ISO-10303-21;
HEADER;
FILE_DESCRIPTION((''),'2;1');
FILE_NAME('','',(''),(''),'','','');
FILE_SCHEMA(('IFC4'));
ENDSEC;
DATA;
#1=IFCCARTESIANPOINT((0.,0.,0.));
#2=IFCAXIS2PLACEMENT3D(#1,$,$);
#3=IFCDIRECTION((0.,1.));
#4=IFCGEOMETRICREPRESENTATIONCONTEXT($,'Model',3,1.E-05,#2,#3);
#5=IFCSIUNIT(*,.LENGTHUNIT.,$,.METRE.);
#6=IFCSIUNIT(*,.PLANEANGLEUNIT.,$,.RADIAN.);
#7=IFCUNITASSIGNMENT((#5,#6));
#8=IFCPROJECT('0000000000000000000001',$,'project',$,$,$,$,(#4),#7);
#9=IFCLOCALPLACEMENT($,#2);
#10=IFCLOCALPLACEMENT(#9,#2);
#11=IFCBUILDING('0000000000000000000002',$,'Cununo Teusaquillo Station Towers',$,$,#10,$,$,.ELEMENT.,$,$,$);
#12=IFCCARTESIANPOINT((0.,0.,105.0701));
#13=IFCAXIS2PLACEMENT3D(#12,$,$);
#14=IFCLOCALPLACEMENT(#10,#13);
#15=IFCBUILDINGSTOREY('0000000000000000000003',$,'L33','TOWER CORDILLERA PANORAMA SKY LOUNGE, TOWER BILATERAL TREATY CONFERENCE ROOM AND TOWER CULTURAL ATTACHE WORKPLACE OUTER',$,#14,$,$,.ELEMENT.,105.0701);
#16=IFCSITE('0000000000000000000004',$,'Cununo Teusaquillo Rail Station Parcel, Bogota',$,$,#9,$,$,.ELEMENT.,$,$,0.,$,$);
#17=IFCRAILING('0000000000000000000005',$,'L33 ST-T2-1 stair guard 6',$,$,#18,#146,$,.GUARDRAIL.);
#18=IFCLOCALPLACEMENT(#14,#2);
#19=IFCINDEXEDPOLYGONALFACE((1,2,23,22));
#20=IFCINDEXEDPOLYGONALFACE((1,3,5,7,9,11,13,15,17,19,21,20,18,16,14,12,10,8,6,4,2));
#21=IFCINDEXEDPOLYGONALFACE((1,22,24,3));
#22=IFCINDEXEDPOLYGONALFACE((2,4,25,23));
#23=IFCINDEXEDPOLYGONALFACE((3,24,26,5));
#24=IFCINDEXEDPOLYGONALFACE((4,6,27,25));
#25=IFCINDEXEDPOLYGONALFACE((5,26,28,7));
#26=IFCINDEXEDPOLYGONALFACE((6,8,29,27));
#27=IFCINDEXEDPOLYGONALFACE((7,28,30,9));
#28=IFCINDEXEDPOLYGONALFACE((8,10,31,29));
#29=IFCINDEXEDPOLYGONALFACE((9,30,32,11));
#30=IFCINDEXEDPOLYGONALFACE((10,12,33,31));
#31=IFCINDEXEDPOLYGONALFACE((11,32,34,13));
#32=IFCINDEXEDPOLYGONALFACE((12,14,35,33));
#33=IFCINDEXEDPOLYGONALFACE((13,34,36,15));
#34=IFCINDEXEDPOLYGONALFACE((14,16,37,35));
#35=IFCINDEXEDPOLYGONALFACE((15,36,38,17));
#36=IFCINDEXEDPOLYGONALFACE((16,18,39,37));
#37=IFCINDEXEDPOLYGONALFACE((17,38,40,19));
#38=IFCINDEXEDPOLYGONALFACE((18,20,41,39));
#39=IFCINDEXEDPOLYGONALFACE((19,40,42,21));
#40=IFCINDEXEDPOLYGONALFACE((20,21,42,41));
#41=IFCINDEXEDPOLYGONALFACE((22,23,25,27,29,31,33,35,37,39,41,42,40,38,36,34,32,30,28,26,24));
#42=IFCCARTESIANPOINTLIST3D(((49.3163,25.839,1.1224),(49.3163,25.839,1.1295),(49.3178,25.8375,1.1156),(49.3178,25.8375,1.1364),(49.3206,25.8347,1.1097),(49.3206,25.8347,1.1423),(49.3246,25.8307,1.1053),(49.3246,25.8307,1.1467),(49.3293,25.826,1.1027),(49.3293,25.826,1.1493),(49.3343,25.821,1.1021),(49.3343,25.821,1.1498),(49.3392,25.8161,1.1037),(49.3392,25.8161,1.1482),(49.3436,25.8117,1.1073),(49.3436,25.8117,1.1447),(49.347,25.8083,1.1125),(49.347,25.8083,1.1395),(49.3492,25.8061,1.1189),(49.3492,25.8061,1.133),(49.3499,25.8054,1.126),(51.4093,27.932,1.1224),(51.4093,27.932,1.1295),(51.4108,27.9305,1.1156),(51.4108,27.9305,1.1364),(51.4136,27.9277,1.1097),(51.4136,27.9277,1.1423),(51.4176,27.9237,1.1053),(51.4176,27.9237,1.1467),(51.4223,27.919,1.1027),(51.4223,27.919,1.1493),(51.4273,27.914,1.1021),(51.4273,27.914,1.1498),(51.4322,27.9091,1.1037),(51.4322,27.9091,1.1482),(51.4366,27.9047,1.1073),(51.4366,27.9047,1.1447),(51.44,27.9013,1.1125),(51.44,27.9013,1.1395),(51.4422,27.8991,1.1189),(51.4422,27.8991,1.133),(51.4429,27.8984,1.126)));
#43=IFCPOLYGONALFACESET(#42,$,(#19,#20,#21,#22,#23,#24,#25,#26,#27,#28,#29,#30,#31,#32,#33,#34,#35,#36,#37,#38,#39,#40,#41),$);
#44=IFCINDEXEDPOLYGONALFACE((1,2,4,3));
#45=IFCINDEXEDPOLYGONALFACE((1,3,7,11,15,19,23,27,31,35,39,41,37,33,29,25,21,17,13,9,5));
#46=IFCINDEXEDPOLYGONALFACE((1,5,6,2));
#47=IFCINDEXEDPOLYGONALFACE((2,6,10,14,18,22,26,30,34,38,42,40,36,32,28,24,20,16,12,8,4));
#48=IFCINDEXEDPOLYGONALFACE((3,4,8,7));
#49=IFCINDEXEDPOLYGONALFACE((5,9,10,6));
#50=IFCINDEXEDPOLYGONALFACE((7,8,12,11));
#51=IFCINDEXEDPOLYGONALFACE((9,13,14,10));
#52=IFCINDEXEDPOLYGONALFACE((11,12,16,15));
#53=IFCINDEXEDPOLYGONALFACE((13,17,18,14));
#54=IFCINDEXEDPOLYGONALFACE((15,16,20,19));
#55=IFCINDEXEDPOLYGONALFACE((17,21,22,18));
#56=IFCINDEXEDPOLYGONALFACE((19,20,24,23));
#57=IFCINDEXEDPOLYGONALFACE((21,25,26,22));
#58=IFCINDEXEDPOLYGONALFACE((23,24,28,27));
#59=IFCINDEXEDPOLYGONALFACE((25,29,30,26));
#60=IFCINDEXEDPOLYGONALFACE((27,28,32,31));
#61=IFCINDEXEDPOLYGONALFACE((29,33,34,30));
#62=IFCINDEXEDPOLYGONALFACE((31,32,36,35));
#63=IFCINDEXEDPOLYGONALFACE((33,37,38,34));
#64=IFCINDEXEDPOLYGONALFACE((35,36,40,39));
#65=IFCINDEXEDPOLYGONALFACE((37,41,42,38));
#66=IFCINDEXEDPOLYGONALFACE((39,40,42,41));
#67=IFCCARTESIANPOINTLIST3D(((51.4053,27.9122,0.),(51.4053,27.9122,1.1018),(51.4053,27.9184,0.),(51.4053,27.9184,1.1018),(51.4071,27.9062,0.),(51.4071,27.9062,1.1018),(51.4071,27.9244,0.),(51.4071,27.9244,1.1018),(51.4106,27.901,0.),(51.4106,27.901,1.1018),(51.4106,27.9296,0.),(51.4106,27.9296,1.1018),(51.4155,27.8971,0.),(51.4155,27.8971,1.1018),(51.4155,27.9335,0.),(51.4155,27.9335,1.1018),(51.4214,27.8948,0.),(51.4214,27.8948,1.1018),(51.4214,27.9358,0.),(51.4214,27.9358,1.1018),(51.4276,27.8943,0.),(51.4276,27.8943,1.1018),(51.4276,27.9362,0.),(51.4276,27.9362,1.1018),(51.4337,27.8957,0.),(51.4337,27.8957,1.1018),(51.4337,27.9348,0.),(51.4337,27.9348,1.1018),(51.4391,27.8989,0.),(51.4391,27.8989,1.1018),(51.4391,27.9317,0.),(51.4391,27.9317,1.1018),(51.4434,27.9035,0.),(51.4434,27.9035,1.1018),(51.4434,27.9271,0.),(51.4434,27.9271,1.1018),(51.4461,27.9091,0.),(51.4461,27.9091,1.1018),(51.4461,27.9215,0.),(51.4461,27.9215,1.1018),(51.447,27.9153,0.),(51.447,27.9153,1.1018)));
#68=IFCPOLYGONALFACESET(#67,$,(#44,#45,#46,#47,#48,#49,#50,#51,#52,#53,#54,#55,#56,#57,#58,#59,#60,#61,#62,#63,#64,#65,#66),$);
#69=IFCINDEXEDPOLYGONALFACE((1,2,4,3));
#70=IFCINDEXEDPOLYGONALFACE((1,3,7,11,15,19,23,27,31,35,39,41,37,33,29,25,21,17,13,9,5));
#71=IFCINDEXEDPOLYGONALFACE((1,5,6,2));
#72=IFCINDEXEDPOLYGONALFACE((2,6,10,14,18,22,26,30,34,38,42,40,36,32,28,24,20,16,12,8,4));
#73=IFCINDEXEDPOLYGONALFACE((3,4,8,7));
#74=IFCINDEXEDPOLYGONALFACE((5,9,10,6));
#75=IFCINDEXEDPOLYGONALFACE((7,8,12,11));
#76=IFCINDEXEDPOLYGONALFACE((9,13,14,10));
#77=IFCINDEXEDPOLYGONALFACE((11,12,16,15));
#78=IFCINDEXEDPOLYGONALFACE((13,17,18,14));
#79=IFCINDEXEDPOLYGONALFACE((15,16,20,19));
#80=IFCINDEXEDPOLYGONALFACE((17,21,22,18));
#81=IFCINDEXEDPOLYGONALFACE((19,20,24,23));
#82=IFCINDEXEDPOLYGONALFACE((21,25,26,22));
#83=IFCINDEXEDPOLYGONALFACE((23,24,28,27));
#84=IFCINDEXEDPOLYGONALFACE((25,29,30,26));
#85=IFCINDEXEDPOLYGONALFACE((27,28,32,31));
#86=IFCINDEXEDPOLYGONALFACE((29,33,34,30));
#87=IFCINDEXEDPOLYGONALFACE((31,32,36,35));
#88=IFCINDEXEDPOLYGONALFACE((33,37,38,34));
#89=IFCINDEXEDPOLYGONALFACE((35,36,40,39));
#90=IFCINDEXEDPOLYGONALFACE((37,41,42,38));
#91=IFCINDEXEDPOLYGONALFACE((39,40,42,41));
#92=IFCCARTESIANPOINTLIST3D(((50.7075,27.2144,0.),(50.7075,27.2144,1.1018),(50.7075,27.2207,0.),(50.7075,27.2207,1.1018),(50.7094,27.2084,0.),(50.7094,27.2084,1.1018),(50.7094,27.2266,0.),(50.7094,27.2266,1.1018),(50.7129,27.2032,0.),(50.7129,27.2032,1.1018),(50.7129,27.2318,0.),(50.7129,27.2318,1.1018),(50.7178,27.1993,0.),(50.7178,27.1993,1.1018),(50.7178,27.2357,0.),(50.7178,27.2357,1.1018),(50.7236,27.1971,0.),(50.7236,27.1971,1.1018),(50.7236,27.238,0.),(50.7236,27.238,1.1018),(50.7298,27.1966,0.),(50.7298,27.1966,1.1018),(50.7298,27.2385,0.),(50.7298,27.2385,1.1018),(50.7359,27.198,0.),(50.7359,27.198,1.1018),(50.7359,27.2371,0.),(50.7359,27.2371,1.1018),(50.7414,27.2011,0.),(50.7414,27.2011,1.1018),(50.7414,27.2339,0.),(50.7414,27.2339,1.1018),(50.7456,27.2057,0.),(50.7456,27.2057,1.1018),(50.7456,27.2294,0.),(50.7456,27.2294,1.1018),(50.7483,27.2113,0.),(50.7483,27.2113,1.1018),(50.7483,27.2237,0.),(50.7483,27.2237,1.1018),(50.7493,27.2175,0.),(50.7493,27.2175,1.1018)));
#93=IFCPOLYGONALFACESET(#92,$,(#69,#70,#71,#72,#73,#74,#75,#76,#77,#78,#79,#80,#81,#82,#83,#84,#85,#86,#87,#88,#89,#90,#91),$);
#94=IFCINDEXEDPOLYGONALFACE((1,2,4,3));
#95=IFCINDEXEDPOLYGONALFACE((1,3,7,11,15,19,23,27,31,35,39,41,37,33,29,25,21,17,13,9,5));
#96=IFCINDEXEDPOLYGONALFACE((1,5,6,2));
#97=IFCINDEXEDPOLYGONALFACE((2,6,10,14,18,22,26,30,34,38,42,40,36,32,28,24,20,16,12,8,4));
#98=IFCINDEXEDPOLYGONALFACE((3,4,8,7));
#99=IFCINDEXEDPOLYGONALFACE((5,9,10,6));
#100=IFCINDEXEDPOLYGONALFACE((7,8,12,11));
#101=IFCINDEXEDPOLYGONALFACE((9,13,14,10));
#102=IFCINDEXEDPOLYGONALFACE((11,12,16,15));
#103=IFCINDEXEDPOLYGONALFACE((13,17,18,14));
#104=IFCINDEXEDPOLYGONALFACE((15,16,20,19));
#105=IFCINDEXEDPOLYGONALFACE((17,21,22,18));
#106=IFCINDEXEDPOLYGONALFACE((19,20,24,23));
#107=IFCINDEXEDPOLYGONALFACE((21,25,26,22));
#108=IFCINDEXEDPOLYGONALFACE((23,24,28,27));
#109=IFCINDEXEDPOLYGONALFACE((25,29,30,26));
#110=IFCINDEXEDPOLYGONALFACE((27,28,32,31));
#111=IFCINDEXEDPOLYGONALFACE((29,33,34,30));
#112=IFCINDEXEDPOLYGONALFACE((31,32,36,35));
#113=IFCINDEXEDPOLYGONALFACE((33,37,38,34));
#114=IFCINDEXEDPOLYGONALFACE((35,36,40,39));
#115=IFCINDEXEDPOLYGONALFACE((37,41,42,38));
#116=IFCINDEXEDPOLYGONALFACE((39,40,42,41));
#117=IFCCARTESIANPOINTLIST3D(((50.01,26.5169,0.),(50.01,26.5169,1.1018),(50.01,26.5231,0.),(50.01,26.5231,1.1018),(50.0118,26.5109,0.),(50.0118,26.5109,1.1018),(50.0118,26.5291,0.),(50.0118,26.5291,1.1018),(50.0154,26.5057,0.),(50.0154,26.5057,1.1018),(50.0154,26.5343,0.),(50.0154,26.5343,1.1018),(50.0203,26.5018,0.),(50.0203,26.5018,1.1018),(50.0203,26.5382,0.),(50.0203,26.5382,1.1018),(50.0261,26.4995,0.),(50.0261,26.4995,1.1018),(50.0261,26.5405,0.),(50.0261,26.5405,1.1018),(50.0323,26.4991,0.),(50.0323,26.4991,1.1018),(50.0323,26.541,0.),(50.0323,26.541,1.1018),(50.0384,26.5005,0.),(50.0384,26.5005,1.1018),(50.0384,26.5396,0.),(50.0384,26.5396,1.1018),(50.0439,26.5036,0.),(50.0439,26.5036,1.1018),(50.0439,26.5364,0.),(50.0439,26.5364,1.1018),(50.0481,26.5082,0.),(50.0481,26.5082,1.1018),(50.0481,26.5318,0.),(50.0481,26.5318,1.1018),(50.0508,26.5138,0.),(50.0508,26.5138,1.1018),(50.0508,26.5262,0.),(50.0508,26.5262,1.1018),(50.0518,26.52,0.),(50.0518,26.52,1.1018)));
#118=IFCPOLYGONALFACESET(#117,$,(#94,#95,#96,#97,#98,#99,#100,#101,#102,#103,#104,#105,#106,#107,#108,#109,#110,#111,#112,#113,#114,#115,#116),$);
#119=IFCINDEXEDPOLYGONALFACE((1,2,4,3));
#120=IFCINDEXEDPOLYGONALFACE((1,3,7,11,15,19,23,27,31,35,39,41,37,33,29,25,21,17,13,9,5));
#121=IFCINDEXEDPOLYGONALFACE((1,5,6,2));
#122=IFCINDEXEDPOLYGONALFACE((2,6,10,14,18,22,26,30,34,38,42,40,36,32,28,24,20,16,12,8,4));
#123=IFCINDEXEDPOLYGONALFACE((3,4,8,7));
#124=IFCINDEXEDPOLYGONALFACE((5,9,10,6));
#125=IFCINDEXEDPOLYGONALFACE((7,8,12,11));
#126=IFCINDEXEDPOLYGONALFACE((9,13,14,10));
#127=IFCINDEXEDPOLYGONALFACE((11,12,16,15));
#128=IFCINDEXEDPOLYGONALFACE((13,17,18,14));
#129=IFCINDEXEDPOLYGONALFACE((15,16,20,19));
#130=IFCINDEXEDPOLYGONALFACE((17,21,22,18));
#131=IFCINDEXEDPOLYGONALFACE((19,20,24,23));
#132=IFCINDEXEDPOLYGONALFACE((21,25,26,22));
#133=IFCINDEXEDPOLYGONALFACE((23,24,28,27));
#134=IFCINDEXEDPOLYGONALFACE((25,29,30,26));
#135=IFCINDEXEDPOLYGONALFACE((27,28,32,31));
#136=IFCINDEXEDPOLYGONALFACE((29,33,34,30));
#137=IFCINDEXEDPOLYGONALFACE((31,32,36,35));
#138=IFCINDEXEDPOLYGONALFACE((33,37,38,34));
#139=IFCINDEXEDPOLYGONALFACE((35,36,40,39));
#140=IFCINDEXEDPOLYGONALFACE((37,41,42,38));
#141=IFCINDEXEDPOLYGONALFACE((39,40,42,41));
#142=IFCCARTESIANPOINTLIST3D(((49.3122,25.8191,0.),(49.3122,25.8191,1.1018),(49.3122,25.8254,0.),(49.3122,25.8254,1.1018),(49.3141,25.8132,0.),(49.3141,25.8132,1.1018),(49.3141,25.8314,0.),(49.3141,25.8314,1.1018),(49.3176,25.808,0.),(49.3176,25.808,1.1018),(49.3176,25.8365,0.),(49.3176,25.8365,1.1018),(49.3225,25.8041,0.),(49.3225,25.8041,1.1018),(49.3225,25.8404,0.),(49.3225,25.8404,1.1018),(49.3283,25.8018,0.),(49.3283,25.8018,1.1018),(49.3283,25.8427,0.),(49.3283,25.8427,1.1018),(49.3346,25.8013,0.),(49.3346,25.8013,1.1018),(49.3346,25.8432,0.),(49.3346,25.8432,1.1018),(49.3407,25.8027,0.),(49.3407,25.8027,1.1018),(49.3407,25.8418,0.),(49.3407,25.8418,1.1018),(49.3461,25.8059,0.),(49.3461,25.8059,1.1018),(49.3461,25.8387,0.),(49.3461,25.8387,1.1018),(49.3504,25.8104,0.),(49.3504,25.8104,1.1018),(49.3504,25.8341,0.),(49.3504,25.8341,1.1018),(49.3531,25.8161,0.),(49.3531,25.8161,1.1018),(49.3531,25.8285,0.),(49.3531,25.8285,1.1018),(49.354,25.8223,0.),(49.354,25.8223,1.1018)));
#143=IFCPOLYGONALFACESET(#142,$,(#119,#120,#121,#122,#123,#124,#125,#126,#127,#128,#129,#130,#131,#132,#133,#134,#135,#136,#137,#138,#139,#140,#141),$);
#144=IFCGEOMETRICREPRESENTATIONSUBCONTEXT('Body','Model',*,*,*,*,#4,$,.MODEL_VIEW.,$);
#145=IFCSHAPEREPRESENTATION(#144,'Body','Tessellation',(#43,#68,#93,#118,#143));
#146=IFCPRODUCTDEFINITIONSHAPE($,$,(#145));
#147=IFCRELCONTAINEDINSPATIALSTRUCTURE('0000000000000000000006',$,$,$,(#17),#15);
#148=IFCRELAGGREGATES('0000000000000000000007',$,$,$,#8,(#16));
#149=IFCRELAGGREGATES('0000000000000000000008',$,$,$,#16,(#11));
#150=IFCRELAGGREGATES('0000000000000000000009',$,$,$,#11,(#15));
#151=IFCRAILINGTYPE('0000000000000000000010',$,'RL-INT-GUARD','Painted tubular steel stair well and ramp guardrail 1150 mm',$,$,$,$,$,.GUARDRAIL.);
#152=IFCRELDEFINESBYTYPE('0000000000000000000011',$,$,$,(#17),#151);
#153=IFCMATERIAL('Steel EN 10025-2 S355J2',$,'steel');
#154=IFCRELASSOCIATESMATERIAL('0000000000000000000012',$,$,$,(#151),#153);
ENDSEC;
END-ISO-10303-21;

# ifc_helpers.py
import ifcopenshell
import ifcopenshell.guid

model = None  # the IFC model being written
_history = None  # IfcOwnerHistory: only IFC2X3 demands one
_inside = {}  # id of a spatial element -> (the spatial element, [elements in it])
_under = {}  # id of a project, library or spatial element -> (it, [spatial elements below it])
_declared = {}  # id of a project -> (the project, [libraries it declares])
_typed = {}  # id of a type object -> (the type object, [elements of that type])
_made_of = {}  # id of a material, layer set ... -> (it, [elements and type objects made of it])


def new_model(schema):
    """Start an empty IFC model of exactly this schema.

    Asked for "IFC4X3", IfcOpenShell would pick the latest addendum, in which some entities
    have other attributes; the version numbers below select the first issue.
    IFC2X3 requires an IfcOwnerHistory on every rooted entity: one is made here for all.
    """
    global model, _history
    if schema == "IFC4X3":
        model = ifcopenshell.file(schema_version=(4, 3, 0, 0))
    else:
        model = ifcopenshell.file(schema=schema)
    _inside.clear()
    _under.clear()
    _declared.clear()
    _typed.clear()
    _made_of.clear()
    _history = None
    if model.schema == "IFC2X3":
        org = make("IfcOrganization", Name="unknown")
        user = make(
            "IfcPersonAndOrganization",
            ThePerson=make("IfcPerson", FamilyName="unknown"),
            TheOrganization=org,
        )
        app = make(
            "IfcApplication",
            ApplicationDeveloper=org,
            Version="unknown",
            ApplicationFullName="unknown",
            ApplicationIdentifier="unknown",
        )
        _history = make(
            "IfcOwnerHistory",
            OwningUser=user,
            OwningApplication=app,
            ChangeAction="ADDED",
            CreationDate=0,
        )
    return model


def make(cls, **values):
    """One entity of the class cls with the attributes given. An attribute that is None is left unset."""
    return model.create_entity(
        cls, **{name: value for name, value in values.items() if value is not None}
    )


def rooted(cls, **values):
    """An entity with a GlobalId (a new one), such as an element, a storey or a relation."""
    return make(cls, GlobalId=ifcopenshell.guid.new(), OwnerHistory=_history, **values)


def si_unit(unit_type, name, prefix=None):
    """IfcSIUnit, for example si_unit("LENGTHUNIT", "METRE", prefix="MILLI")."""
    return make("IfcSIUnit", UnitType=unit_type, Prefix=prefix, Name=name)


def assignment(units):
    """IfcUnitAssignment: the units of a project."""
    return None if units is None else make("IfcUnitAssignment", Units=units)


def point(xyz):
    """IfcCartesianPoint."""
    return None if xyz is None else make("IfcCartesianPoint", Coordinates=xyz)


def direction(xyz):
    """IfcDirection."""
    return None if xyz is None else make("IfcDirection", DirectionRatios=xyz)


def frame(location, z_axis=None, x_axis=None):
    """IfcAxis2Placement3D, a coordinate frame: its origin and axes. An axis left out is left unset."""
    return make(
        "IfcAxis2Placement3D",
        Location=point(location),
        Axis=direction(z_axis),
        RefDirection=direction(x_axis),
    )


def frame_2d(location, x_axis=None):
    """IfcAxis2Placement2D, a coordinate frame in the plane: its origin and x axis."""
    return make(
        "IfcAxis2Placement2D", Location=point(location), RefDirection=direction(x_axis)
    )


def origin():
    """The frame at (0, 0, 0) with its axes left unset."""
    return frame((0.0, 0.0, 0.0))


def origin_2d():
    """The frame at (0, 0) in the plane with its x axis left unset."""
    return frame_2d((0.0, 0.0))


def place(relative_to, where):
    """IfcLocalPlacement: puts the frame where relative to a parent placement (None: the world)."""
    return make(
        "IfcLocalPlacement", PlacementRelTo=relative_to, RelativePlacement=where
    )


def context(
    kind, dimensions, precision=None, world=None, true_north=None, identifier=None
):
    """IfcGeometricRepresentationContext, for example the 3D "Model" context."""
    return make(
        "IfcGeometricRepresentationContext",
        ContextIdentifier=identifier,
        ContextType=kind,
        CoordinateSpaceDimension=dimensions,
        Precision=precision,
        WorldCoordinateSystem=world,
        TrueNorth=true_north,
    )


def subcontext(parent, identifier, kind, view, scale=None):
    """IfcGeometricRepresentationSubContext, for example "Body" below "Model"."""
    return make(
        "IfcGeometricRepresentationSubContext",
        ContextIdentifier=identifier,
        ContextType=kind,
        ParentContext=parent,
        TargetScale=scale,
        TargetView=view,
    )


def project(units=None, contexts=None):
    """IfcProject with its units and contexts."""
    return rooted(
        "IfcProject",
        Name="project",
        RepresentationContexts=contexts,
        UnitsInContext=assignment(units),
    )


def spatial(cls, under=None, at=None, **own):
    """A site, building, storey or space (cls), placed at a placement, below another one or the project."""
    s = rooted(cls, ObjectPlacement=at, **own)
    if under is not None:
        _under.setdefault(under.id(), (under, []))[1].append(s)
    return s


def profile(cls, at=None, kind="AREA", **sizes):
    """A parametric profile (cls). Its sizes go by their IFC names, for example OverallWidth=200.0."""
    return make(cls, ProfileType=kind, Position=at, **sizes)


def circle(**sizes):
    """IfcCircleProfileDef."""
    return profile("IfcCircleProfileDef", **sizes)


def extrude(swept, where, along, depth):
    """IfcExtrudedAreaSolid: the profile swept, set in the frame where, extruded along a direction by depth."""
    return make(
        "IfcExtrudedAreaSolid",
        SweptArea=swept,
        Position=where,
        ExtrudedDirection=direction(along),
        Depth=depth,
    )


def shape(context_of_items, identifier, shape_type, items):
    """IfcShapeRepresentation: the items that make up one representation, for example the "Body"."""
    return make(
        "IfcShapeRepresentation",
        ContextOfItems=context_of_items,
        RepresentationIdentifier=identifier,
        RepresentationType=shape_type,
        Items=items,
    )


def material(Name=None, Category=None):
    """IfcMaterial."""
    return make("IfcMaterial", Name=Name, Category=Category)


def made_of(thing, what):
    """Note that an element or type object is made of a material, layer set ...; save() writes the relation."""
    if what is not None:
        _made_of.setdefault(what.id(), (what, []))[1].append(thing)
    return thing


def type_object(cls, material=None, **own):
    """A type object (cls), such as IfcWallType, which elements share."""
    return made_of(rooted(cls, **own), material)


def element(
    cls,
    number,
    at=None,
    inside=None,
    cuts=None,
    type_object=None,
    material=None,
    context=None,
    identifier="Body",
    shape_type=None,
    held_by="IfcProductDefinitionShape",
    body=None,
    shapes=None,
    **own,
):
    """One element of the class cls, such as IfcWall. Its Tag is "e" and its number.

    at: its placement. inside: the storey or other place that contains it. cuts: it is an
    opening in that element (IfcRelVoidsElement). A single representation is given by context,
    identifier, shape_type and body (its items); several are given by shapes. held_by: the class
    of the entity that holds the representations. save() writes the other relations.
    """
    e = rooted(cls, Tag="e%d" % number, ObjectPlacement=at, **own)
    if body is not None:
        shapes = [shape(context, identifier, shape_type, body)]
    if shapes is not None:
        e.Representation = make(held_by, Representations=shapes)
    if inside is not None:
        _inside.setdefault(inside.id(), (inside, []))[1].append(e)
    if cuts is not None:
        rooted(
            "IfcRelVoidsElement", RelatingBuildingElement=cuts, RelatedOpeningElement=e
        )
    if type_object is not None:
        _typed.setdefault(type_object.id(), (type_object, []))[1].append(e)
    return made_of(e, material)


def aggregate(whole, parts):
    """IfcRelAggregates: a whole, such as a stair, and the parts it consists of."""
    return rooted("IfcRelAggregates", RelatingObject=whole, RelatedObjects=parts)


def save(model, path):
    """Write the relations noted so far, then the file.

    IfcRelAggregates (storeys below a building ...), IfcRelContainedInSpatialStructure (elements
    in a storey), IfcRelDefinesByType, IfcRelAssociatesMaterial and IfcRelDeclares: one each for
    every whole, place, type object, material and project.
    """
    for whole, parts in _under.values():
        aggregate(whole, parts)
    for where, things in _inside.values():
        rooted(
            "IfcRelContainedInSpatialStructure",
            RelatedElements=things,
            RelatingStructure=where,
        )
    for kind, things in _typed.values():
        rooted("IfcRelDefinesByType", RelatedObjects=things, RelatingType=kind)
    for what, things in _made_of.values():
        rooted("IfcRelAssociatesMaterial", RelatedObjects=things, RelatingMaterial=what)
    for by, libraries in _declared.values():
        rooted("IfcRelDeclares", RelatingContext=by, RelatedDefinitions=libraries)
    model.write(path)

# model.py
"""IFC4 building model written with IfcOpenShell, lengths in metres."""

from ifc_helpers import new_model, si_unit, direction, frame, origin, origin_2d, place, context, subcontext, project, spatial, circle, extrude, material, type_object, element, save


model = new_model("IFC4")

# Units and contexts
model_context = context("Model", 3, precision=1e-05, world=origin(), true_north=direction((0.0, 1.0)))
body_context = subcontext(model_context, "Body", "Model", "MODEL_VIEW")
ifc_project = project(units=[si_unit("LENGTHUNIT", "METRE"), si_unit("PLANEANGLEUNIT", "RADIAN")], contexts=[model_context])

# Site, building, storey
site_placement = place(None, origin())
site = spatial("IfcSite", under=ifc_project, at=site_placement, Name="Cununo Teusaquillo Rail Station Parcel, Bogota", CompositionType="ELEMENT", RefElevation=0.0)
building_placement = place(site_placement, origin())
building = spatial("IfcBuilding", under=site, at=building_placement, Name="Cununo Teusaquillo Station Towers", CompositionType="ELEMENT")
storey_placement = place(building_placement, frame((0.0, 0.0, 105.0701)))
storey = spatial("IfcBuildingStorey", under=building, at=storey_placement, Name="L33", Description="TOWER CORDILLERA PANORAMA SKY LOUNGE, TOWER BILATERAL TREATY CONFERENCE ROOM AND TOWER CULTURAL ATTACHE WORKPLACE OUTER", CompositionType="ELEMENT", Elevation=105.0701)

# Railing
ifc_material_1 = material(Name="Steel EN 10025-2 S355J2", Category="steel")
railing_type = type_object("IfcRailingType", Name="RL-INT-GUARD", Description="Painted tubular steel stair well and ramp guardrail 1150 mm", PredefinedType="GUARDRAIL", material=ifc_material_1)
railing_1_placement = place(storey_placement, frame((51.426, 27.9153, 0.0)))
element("IfcRailing", 1, at=railing_1_placement, inside=storey, type_object=railing_type, Name="L33 ST-T2-1 stair guard 6", PredefinedType="GUARDRAIL", context=body_context, shape_type="SweptSolid", body=[
    extrude(circle(Radius=0.0239, at=origin_2d()), frame((0.0, 0.0, 1.126), z_axis=(-0.707107, -0.707107, 0.0), x_axis=(0.707107, -0.707107, 0.0)), (0.0, 0.0, 1.0), 2.96),
    extrude(circle(Radius=0.021, at=origin_2d()), origin(), (0.0, 0.0, 1.0), 1.1018),
    extrude(circle(Radius=0.021, at=origin_2d()), frame((-0.6978, -0.6978, 0.0)), (0.0, 0.0, 1.0), 1.1018),
    extrude(circle(Radius=0.021, at=origin_2d()), frame((-1.3953, -1.3953, 0.0)), (0.0, 0.0, 1.0), 1.1018),
    extrude(circle(Radius=0.021, at=origin_2d()), frame((-2.093, -2.093, 0.0)), (0.0, 0.0, 1.0), 1.1018),
])

save(model, "model.ifc")
